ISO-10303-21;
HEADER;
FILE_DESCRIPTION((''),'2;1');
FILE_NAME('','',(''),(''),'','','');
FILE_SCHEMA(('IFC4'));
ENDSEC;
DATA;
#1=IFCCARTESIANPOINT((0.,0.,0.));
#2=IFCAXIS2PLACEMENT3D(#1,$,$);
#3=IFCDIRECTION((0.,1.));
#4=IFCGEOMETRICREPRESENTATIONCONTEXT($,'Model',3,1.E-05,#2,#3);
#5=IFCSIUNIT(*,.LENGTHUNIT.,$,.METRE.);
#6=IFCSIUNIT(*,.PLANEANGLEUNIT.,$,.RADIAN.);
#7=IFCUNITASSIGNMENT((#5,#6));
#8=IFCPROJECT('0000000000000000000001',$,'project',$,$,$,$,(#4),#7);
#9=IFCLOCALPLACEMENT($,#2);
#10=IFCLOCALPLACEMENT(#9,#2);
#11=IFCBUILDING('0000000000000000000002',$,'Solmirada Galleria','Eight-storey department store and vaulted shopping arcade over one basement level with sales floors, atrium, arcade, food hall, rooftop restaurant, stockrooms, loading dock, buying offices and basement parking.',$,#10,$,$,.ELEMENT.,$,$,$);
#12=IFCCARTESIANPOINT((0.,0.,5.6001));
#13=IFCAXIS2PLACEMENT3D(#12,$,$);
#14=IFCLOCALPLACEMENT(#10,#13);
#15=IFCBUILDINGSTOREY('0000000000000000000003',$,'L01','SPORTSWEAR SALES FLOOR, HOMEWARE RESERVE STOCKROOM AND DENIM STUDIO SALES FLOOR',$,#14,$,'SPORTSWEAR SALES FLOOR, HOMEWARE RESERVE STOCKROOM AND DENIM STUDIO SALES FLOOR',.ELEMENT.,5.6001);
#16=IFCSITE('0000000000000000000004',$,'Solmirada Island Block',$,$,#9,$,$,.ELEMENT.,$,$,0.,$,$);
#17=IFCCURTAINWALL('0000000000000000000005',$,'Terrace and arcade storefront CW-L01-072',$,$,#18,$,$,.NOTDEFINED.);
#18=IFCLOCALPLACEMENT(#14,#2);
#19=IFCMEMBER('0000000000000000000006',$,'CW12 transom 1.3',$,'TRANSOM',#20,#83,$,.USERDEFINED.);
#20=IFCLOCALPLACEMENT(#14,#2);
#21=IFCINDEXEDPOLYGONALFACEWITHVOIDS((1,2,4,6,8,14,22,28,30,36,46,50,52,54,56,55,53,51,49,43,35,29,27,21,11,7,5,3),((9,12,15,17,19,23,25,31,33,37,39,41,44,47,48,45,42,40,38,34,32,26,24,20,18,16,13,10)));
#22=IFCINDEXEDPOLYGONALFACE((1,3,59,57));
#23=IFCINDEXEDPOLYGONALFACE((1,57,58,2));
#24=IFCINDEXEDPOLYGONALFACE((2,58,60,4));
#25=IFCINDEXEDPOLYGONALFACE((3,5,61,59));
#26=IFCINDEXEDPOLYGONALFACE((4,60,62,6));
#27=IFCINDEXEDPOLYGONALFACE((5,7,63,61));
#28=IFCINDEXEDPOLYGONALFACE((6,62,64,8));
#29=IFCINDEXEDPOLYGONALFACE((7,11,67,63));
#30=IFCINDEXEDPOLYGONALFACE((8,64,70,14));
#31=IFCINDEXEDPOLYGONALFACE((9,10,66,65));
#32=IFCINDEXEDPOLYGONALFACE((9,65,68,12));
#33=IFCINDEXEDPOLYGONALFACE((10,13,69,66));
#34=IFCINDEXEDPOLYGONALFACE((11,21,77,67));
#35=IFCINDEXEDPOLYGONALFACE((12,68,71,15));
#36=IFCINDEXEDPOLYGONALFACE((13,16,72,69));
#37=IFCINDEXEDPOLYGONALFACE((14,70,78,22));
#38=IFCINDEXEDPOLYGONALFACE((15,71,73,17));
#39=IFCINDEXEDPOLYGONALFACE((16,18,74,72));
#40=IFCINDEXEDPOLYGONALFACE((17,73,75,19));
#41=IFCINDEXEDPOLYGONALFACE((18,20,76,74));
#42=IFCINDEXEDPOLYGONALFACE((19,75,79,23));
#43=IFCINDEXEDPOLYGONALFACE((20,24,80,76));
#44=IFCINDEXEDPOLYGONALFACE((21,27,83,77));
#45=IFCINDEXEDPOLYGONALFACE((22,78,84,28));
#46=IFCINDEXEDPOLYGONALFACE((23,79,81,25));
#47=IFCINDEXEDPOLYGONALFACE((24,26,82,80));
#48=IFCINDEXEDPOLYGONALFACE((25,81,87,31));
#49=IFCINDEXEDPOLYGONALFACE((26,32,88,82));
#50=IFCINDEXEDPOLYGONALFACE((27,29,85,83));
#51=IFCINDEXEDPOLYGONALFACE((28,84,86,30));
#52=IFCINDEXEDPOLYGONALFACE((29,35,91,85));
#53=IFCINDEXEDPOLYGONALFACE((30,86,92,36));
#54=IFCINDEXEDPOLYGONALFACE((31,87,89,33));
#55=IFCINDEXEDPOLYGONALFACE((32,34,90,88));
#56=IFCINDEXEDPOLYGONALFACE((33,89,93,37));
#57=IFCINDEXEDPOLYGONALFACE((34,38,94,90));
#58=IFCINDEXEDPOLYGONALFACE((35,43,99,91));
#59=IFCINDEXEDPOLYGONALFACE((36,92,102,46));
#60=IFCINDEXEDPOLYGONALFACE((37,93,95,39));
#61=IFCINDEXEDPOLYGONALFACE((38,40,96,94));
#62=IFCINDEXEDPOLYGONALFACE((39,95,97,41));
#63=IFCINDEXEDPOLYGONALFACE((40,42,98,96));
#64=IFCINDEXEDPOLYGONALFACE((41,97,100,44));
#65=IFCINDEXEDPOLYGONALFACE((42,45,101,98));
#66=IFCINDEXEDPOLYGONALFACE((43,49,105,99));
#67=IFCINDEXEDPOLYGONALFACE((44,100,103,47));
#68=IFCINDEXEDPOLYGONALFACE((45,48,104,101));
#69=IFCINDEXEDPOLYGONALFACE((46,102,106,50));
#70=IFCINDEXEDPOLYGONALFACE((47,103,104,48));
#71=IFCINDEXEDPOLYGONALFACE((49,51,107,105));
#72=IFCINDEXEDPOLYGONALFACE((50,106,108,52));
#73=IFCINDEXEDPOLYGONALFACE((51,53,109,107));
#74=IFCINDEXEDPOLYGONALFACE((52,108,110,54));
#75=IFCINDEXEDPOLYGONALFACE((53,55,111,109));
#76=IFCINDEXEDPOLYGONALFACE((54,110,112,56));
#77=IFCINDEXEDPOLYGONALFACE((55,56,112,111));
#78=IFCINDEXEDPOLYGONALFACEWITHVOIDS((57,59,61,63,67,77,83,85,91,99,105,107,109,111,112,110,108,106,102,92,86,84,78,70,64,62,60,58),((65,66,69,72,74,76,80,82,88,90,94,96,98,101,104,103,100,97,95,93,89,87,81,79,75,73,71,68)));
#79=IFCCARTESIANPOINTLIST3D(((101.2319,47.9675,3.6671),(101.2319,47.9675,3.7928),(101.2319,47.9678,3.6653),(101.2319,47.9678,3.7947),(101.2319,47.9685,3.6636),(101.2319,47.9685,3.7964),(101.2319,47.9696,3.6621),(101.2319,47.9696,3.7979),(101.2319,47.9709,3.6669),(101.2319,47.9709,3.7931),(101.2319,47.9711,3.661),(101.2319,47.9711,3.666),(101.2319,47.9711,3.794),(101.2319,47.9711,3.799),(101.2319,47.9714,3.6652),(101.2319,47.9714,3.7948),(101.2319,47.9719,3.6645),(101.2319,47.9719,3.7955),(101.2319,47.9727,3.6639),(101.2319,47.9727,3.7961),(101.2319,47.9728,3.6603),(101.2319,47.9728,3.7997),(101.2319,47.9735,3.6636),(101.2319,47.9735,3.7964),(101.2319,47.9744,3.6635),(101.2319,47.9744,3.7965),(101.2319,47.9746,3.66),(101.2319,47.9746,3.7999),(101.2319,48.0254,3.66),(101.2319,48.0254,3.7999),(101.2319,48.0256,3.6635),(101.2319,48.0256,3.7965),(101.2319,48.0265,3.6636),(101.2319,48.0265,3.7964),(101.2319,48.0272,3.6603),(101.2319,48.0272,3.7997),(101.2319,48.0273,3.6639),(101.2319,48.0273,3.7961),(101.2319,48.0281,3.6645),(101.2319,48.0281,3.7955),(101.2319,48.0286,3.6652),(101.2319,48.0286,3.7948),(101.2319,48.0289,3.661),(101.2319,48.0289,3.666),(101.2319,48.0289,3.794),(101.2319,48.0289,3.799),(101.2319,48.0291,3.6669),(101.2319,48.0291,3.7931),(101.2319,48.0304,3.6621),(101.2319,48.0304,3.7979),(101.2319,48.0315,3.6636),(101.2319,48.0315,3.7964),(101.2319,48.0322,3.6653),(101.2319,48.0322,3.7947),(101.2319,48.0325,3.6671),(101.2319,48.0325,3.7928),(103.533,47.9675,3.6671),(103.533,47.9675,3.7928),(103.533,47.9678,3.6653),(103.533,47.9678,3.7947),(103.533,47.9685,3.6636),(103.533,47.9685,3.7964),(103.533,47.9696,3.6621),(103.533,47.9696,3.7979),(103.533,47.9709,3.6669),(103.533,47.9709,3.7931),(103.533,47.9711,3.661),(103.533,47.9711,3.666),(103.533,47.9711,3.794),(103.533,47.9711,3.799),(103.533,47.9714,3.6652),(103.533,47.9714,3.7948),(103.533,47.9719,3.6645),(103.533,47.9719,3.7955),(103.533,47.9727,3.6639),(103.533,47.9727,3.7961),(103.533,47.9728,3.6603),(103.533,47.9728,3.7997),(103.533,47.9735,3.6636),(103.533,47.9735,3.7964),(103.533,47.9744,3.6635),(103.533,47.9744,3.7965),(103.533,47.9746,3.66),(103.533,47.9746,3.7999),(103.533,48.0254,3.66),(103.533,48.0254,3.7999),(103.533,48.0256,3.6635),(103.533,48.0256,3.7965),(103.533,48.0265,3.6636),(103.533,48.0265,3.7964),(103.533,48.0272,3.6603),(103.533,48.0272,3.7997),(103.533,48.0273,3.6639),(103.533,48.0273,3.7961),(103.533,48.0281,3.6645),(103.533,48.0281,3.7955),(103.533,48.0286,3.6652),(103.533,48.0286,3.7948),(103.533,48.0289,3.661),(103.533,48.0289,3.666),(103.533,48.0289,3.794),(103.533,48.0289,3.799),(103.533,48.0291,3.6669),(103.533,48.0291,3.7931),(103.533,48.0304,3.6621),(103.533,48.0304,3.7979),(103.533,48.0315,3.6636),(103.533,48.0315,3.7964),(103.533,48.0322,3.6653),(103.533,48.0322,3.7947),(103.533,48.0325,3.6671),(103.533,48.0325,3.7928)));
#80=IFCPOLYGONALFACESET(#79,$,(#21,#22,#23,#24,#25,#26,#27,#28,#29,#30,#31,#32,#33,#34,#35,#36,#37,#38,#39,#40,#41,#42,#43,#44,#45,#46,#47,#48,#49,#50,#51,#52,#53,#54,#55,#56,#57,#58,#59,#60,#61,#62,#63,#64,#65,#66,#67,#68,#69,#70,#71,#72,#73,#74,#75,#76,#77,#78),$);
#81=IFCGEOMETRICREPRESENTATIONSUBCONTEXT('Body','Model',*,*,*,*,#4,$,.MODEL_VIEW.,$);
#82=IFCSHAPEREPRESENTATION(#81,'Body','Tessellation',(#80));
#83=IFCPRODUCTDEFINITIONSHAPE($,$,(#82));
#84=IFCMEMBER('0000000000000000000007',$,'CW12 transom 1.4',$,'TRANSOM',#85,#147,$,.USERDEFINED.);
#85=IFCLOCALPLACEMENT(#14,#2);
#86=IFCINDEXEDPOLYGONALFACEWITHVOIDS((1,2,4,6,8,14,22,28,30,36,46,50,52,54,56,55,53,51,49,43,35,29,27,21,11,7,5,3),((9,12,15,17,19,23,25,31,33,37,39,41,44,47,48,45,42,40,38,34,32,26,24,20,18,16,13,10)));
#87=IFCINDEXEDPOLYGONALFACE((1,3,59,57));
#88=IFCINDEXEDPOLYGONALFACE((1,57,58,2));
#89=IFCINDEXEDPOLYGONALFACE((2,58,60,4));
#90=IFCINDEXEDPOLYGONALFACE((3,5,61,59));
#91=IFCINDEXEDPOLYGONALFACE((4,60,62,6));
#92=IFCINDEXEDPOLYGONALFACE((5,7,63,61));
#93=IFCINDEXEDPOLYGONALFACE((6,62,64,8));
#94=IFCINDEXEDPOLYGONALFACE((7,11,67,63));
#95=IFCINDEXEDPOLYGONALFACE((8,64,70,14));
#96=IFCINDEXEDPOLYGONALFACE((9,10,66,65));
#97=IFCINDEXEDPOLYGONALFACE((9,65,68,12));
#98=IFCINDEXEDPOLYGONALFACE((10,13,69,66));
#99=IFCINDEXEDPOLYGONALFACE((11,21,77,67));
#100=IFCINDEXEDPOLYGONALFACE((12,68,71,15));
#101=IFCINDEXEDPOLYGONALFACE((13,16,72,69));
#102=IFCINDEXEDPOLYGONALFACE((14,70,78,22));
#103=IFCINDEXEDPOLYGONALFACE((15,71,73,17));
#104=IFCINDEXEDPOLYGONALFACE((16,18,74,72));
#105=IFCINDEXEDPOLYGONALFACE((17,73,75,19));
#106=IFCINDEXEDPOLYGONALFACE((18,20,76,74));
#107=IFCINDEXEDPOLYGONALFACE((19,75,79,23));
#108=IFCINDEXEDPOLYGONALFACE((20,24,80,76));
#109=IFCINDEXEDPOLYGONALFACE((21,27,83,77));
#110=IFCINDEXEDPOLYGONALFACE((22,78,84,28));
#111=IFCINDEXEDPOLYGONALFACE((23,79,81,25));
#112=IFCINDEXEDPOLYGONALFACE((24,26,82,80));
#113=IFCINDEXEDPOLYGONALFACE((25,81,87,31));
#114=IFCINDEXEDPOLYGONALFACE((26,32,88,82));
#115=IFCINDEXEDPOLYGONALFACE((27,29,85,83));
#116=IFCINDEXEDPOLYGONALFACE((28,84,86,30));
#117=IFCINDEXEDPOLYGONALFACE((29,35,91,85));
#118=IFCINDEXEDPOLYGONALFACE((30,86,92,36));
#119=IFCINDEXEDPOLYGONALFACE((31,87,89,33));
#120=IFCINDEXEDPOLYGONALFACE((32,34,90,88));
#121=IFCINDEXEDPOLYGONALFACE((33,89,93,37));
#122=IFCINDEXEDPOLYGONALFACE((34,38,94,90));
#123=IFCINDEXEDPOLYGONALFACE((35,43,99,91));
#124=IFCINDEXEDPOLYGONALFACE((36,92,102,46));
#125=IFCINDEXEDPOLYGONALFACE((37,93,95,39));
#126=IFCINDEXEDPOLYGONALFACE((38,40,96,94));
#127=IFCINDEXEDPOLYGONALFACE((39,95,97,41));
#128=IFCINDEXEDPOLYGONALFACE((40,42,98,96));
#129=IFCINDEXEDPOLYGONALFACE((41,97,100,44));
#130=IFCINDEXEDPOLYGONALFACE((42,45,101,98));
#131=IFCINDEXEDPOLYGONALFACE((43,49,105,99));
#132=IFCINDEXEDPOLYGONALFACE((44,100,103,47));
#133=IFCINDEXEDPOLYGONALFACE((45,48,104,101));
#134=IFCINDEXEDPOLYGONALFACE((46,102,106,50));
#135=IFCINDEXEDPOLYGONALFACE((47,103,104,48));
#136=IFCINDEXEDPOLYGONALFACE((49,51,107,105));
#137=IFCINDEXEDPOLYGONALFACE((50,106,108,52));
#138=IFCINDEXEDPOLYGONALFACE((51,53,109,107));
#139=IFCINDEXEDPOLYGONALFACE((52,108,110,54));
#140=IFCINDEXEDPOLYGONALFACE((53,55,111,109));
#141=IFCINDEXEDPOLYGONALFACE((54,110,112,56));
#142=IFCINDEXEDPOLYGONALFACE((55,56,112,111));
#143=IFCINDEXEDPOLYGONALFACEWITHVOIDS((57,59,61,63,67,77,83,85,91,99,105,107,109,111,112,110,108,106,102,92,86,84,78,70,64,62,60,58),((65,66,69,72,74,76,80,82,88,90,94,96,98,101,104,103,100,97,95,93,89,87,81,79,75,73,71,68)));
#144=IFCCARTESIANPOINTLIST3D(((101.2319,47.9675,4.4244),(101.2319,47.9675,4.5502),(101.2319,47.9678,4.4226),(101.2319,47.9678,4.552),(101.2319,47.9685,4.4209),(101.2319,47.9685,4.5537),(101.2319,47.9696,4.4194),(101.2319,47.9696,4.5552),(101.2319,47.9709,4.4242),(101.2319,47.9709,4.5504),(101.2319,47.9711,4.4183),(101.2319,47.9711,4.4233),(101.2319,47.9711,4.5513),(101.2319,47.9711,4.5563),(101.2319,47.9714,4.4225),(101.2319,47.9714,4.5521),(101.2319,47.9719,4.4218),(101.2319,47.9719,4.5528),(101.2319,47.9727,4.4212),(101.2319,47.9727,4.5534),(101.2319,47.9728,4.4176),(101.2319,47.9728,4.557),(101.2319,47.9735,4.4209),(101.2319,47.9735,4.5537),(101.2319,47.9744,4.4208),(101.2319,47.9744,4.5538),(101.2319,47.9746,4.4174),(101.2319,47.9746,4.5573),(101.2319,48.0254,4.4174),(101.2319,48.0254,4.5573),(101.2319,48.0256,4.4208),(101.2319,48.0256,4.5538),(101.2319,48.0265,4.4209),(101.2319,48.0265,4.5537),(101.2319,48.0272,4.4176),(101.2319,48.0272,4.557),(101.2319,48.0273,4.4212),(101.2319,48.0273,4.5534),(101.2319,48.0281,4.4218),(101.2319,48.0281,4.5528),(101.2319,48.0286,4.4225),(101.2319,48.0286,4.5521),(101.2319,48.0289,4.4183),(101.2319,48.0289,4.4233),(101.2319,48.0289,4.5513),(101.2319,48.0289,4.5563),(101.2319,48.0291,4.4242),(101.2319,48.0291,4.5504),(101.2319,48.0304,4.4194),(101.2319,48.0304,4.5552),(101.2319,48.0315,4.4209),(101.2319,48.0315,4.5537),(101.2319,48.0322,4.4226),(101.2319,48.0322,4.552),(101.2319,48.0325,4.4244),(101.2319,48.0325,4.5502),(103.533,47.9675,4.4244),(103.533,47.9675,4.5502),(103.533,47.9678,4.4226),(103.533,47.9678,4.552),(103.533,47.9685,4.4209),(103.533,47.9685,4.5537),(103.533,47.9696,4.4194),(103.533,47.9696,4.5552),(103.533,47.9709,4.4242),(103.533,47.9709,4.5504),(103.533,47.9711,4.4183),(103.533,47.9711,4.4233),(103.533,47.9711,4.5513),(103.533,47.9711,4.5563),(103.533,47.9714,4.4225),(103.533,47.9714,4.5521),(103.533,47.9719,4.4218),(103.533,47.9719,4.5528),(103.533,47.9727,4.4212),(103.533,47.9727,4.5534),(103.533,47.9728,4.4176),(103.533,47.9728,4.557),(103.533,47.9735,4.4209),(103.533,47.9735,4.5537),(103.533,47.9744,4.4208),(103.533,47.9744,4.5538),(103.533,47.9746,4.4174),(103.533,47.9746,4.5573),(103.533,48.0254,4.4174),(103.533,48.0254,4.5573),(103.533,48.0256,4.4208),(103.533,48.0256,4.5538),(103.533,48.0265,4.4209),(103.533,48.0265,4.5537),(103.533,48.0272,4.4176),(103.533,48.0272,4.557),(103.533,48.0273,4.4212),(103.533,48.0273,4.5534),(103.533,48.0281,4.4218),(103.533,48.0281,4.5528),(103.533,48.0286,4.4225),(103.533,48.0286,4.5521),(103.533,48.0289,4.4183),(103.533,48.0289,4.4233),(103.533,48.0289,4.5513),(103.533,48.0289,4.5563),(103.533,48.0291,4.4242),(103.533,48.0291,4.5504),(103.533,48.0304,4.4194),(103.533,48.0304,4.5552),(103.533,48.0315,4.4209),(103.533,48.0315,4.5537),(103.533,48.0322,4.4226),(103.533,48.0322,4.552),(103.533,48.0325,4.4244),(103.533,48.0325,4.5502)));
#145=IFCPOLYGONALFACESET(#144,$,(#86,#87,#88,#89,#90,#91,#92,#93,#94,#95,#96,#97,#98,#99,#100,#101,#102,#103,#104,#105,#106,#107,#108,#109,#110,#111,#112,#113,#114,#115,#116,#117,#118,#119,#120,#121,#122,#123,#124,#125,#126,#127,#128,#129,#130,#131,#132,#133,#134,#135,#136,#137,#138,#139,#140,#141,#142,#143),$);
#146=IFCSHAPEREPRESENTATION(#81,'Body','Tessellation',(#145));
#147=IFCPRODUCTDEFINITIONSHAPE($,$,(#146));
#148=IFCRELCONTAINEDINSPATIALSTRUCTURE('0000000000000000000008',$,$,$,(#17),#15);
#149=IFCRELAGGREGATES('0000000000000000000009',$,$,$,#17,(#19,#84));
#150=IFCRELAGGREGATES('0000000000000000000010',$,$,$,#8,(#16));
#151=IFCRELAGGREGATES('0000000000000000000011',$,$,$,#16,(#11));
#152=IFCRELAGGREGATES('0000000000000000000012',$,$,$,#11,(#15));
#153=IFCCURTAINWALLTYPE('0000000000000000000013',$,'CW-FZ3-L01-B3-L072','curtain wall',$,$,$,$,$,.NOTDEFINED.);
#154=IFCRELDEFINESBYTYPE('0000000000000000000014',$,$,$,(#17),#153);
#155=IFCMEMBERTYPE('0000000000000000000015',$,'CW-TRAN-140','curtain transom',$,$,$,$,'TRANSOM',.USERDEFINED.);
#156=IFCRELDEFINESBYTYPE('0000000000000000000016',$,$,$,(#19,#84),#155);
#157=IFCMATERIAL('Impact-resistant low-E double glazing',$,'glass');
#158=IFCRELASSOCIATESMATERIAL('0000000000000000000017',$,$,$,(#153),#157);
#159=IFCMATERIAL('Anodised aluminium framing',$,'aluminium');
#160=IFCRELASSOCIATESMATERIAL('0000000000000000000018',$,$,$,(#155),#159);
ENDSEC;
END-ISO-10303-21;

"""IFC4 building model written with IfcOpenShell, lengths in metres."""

from ifc_helpers import new_model, si_unit, direction, frame, origin, origin_2d, place, context, subcontext, project, spatial, hollow_rectangle, extrude, material, material_profile, profile_set, type_object, element, aggregate, save


model = new_model("IFC4")

# Units and contexts
model_context = context("Model", 3, precision=1e-05, world=origin(), true_north=direction((0.0, 1.0)))
body_context = subcontext(model_context, "Body", "Model", "MODEL_VIEW")
ifc_project = project(units=[si_unit("LENGTHUNIT", "METRE"), si_unit("PLANEANGLEUNIT", "RADIAN")], contexts=[model_context])

# Site, building, storey
site_placement = place(None, origin())
site = spatial("IfcSite", under=ifc_project, at=site_placement, Name="Solmirada Island Block", CompositionType="ELEMENT", RefElevation=0.0)
building_placement = place(site_placement, origin())
building = spatial("IfcBuilding", under=site, at=building_placement, Name="Solmirada Galleria", Description="Eight-storey department store and vaulted shopping arcade over one basement level with sales floors, atrium, arcade, food hall, rooftop restaurant, stockrooms, loading dock, buying offices and basement parking.", CompositionType="ELEMENT")
storey_placement = place(building_placement, frame((0.0, 0.0, 5.6001)))
storey = spatial("IfcBuildingStorey", under=building, at=storey_placement, Name="L01", Description="SPORTSWEAR SALES FLOOR, HOMEWARE RESERVE STOCKROOM AND DENIM STUDIO SALES FLOOR", LongName="SPORTSWEAR SALES FLOOR, HOMEWARE RESERVE STOCKROOM AND DENIM STUDIO SALES FLOOR", CompositionType="ELEMENT", Elevation=5.6001)

# Curtain wall
ifc_material_1 = material(Name="Impact-resistant low-E double glazing", Category="glass")
curtain_wall_type_1 = type_object("IfcCurtainWallType", Name="CW-FZ3-L01-B3-L072", Description="curtain wall", PredefinedType="NOTDEFINED", material=ifc_material_1)
curtain_wall_1_placement = place(storey_placement, origin())
curtain_wall_1 = element("IfcCurtainWall", 1, at=curtain_wall_1_placement, inside=storey, type_object=curtain_wall_type_1, Name="Terrace and arcade storefront CW-L01-072", PredefinedType="NOTDEFINED")
ifc_material_2 = material(Name="Anodised aluminium framing", Category="aluminium")

# Members
ifc_material_profile_1 = material_profile(ifc_material_2, hollow_rectangle(XDim=0.0649, YDim=0.1399, WallThickness=0.0034, InnerFilletRadius=0.0034, OuterFilletRadius=0.0071, at=origin_2d()), Name="ALU-TRAN-140X65")
ifc_profile_set_1 = profile_set([ifc_material_profile_1], Name="Anodised aluminium framing")
member_type_1 = type_object("IfcMemberType", Name="CW-TRAN-140", Description="curtain transom", ElementType="TRANSOM", PredefinedType="USERDEFINED", material=ifc_profile_set_1)
member_1_placement = place(storey_placement, frame((103.533, 48.0, 3.73), z_axis=(-1.0, 0.0, 0.0), x_axis=(0.0, -1.0, 0.0)))
member_1 = element("IfcMember", 2, at=member_1_placement, type_object=member_type_1, Name="CW12 transom 1.3", ObjectType="TRANSOM", PredefinedType="USERDEFINED", context=body_context, shape_type="SweptSolid", body=[
    extrude(hollow_rectangle(XDim=0.0649, YDim=0.1399, WallThickness=0.0034, InnerFilletRadius=0.0034, OuterFilletRadius=0.0071, at=origin_2d()), origin(), (0.0, 0.0, 1.0), 2.301),
])
member_2_placement = place(storey_placement, frame((103.533, 48.0, 4.4873), z_axis=(-1.0, 0.0, 0.0), x_axis=(0.0, -1.0, 0.0)))
member_2 = element("IfcMember", 3, at=member_2_placement, type_object=member_type_1, Name="CW12 transom 1.4", ObjectType="TRANSOM", PredefinedType="USERDEFINED", context=body_context, shape_type="SweptSolid", body=[
    extrude(hollow_rectangle(XDim=0.0649, YDim=0.1399, WallThickness=0.0034, InnerFilletRadius=0.0034, OuterFilletRadius=0.0071, at=origin_2d()), origin(), (0.0, 0.0, 1.0), 2.301),
])

aggregate(curtain_wall_1, [member_1, member_2])

save(model, "model.ifc")
